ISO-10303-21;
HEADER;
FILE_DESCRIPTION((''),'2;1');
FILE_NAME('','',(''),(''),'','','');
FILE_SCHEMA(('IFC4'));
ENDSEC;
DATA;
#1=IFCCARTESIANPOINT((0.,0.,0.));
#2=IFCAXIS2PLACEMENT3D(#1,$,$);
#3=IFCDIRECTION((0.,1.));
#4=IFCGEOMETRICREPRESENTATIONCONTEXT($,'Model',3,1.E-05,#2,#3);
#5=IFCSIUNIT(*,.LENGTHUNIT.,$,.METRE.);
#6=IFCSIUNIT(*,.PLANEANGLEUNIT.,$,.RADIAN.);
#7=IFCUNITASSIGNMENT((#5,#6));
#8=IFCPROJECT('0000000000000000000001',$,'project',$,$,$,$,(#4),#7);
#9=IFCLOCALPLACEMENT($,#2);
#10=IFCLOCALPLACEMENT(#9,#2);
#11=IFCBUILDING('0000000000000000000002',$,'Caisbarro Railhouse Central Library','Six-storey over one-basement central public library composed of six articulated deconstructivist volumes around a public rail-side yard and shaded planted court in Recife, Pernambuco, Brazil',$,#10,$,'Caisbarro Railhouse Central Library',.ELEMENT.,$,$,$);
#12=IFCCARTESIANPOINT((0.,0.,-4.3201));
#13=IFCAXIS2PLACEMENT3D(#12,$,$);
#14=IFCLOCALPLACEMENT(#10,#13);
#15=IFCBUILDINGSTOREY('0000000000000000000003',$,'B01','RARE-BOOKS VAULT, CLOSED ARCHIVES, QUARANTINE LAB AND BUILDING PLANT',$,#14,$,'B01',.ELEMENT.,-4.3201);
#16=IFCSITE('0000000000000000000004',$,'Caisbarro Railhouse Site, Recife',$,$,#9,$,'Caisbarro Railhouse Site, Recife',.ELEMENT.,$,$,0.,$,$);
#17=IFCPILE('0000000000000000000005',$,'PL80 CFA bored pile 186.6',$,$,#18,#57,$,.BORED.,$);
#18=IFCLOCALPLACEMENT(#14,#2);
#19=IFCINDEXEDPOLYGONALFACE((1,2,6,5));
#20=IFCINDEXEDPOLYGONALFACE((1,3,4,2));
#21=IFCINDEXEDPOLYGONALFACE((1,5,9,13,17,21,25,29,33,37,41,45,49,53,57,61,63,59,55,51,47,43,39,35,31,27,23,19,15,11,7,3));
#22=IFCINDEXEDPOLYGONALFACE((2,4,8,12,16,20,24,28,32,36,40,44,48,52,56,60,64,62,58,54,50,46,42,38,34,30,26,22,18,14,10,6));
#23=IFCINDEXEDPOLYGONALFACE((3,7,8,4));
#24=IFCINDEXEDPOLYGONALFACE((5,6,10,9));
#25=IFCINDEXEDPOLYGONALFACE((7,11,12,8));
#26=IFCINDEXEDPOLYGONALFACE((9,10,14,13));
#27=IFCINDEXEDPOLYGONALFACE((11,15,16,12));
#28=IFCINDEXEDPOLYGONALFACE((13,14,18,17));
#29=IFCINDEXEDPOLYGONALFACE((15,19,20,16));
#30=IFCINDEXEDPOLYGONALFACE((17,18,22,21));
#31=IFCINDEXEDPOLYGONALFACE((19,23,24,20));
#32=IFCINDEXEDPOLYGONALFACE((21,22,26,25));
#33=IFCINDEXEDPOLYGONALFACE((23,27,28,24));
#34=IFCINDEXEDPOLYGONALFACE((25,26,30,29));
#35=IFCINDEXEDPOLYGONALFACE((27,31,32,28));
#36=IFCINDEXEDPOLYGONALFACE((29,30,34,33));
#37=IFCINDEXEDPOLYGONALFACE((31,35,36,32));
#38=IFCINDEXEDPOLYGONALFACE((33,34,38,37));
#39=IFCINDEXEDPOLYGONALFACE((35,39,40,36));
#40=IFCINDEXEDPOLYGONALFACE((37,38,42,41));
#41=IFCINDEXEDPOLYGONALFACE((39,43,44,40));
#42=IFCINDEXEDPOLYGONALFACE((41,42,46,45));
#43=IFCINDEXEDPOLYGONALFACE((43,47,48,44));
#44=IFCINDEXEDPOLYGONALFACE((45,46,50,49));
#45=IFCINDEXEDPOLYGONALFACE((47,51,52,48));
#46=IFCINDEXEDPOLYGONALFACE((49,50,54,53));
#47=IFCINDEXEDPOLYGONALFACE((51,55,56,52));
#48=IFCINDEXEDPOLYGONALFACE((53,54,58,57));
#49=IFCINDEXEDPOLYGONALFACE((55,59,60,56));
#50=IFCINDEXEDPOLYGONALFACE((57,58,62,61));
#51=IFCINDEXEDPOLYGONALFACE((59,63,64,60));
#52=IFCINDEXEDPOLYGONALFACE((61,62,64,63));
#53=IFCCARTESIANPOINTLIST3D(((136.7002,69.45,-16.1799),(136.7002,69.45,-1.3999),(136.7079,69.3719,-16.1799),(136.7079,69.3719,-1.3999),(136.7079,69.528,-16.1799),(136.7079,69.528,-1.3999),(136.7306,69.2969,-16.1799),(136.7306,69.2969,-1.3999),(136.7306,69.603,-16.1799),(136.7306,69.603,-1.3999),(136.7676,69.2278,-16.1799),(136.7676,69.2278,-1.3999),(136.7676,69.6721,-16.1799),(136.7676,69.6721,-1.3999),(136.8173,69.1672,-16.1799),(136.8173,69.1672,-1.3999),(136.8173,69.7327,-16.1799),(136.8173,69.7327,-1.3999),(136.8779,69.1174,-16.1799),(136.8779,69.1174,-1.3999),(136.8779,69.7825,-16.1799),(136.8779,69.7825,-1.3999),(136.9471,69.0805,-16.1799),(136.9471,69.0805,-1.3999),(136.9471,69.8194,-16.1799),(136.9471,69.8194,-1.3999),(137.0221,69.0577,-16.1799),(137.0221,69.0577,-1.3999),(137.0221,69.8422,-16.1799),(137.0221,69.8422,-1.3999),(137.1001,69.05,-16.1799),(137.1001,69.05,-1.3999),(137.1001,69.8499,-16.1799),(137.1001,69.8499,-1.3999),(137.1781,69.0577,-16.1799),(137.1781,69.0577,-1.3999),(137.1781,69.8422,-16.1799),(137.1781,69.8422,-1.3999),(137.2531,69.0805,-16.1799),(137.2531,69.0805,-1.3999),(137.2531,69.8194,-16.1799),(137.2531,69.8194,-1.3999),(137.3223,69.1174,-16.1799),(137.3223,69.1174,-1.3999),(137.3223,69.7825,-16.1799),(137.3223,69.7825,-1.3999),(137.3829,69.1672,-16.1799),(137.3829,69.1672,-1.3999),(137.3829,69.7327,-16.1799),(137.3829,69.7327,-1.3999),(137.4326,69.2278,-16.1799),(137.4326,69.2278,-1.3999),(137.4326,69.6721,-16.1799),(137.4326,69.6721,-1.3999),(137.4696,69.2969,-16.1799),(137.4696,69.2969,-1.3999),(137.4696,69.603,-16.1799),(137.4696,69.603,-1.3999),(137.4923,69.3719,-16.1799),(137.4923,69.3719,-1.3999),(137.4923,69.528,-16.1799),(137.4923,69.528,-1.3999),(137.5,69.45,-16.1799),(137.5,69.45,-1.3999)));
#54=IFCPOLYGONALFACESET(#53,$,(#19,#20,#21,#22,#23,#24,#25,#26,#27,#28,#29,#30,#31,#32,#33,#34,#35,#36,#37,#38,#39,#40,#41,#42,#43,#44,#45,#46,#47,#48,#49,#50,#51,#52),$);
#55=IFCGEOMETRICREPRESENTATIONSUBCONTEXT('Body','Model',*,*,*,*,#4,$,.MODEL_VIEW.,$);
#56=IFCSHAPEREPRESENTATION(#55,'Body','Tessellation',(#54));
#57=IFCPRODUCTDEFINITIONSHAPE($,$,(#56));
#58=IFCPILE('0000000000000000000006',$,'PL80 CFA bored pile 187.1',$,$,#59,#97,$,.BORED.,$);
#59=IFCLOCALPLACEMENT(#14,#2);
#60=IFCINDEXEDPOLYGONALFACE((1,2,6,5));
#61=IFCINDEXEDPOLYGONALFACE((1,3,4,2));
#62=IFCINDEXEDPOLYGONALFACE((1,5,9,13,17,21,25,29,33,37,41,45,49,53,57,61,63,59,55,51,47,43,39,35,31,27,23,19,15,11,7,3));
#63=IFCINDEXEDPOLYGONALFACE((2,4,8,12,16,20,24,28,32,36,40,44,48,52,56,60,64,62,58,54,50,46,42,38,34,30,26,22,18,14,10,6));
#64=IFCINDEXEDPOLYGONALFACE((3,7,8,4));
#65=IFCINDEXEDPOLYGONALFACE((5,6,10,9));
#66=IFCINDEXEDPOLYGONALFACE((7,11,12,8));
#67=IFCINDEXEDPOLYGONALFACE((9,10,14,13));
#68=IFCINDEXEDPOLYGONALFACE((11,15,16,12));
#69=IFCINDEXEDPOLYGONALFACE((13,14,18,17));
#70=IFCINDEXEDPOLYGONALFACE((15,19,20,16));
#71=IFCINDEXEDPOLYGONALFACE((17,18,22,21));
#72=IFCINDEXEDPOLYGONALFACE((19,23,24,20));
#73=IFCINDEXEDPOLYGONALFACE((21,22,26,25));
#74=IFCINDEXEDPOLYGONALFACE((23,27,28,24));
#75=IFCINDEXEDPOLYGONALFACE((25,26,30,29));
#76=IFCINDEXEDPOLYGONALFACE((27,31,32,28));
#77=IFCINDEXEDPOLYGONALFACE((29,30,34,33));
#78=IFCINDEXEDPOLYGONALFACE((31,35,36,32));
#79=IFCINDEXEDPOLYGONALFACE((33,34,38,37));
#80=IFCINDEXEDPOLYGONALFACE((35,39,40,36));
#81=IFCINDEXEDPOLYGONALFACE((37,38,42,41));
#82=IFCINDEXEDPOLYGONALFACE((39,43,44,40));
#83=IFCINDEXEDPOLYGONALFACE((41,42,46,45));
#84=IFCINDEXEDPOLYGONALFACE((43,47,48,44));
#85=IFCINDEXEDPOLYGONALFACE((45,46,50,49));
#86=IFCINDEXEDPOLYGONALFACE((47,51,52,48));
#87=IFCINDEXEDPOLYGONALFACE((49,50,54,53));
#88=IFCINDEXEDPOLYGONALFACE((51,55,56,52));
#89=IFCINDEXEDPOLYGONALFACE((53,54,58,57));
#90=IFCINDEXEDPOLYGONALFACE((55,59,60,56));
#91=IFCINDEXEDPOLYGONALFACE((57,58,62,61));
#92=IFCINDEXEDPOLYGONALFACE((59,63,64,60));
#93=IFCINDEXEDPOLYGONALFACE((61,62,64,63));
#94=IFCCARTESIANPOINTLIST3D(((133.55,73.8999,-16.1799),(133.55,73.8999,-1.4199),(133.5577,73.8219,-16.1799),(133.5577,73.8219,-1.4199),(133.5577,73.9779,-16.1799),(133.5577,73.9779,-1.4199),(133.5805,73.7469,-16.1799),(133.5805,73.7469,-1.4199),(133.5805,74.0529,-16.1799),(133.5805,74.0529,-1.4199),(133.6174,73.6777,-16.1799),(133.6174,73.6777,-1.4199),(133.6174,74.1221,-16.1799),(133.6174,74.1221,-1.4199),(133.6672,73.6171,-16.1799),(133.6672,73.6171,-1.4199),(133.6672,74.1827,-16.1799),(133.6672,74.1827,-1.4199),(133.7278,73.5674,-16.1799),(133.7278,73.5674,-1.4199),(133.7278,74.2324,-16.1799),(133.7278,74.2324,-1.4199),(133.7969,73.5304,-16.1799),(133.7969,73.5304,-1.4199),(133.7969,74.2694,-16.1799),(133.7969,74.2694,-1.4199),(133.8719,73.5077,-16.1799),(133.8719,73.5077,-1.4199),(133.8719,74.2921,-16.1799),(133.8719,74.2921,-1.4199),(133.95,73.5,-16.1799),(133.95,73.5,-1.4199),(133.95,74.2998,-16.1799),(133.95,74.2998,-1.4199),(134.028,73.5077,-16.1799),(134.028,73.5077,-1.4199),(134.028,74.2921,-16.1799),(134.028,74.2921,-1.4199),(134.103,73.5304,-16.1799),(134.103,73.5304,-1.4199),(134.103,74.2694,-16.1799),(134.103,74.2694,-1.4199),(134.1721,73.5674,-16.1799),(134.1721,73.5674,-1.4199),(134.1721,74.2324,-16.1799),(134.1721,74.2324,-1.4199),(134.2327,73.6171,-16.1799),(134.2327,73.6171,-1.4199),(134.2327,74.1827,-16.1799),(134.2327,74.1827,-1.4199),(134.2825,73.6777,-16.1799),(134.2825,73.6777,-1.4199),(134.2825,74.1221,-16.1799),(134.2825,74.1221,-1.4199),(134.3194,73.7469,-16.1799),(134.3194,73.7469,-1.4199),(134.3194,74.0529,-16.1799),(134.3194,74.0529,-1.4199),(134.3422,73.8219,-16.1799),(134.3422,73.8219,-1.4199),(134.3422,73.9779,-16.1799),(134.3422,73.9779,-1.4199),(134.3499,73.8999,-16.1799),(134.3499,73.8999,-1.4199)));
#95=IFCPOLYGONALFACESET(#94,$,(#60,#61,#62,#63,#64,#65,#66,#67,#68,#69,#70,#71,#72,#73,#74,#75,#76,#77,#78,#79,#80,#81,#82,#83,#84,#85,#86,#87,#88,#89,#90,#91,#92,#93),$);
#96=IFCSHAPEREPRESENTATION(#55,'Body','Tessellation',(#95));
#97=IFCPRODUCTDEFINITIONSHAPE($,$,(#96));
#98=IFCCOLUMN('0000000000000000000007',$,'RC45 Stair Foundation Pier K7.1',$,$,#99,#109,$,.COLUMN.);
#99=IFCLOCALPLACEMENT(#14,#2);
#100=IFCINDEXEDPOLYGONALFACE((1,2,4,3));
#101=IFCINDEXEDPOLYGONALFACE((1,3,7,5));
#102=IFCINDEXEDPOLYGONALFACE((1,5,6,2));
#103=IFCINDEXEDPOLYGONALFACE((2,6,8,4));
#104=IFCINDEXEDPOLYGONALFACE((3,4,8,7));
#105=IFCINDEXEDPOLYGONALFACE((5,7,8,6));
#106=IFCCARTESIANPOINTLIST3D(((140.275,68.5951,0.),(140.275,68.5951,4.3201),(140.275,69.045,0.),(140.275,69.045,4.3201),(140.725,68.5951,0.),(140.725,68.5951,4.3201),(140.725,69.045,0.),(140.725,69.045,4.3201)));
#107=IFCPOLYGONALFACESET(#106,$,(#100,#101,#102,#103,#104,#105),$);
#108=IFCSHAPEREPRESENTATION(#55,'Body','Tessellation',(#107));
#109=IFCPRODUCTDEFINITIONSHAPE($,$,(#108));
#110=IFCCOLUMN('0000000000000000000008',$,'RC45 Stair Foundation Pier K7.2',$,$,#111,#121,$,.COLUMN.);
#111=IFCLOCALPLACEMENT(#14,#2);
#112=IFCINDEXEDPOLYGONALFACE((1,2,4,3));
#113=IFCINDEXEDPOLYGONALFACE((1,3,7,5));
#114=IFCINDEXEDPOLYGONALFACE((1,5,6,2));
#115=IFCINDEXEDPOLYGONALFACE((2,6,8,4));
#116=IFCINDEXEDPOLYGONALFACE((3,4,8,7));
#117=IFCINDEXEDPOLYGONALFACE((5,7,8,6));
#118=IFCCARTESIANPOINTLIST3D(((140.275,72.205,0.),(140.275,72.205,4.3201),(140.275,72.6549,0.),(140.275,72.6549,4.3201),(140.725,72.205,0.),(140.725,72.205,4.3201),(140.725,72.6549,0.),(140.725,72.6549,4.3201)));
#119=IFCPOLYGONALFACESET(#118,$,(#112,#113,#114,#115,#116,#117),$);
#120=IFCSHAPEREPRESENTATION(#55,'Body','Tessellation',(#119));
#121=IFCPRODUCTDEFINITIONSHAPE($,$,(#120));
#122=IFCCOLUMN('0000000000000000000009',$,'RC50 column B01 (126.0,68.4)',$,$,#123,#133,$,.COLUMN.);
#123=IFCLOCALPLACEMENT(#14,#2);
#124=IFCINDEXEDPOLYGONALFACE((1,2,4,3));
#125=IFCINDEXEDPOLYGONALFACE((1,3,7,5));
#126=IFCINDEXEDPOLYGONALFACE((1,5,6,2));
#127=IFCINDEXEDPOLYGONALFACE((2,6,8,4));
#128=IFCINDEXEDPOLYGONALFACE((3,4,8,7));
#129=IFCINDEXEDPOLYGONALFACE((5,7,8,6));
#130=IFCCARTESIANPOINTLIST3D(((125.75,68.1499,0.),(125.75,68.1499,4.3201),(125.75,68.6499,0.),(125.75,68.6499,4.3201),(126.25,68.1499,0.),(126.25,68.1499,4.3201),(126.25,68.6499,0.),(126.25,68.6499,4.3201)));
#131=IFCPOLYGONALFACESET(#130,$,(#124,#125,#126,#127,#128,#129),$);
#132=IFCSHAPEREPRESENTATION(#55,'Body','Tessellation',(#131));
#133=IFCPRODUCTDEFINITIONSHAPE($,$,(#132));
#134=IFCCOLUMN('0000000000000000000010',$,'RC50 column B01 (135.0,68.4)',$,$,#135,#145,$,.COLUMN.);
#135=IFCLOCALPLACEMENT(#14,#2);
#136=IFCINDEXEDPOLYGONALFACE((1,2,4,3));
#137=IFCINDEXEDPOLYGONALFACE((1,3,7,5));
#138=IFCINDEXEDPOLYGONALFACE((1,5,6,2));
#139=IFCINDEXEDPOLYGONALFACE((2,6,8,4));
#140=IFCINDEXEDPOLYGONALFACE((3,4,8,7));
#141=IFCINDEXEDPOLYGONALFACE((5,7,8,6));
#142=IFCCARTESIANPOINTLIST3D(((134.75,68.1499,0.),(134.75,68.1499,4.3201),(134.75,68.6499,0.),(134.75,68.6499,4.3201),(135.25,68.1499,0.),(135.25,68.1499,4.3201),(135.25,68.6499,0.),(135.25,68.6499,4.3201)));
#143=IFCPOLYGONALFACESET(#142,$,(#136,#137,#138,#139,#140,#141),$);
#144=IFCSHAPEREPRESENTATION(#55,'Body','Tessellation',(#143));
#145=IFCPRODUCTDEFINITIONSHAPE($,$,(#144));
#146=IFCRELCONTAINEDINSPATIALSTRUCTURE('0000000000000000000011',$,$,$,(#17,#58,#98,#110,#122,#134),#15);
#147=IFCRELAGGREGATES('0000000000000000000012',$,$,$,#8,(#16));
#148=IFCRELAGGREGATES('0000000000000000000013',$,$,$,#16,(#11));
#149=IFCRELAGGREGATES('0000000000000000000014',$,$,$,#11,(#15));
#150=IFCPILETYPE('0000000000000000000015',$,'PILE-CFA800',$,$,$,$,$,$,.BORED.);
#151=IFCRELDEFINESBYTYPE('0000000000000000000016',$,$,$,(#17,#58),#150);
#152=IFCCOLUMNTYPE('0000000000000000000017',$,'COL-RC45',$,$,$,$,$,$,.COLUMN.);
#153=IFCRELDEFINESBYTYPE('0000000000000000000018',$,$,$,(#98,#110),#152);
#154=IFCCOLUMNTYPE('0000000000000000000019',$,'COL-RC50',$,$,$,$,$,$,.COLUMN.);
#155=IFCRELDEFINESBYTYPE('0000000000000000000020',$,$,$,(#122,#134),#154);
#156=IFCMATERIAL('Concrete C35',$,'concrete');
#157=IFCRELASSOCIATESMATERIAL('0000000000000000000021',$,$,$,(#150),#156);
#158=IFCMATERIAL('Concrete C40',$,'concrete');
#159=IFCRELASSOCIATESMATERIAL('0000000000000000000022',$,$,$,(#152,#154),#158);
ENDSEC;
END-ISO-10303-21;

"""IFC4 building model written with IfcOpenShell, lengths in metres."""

from ifc_helpers import new_model, si_unit, direction, frame, origin, origin_2d, place, context, subcontext, project, spatial, rectangle, circle, extrude, material, material_profile, profile_set, type_object, element, save


model = new_model("IFC4")

# Units and contexts
model_context = context("Model", 3, precision=1e-05, world=origin(), true_north=direction((0.0, 1.0)))
body_context = subcontext(model_context, "Body", "Model", "MODEL_VIEW")
ifc_project = project(units=[si_unit("LENGTHUNIT", "METRE"), si_unit("PLANEANGLEUNIT", "RADIAN")], contexts=[model_context])

# Site, building, storey
site_placement = place(None, origin())
site = spatial("IfcSite", under=ifc_project, at=site_placement, Name="Caisbarro Railhouse Site, Recife", LongName="Caisbarro Railhouse Site, Recife", CompositionType="ELEMENT", RefElevation=0.0)
building_placement = place(site_placement, origin())
building = spatial("IfcBuilding", under=site, at=building_placement, Name="Caisbarro Railhouse Central Library", Description="Six-storey over one-basement central public library composed of six articulated deconstructivist volumes around a public rail-side yard and shaded planted court in Recife, Pernambuco, Brazil", LongName="Caisbarro Railhouse Central Library", CompositionType="ELEMENT")
storey_placement = place(building_placement, frame((0.0, 0.0, -4.3201)))
storey = spatial("IfcBuildingStorey", under=building, at=storey_placement, Name="B01", Description="RARE-BOOKS VAULT, CLOSED ARCHIVES, QUARANTINE LAB AND BUILDING PLANT", LongName="B01", CompositionType="ELEMENT", Elevation=-4.3201)

# Shared definitions
ifc_material_1 = material(Name="Concrete C35", Category="concrete")
ifc_material_2 = material(Name="Concrete C40", Category="concrete")

# Piles
ifc_material_profile_1 = material_profile(ifc_material_1, circle(Radius=0.3999, at=origin_2d()), Name="PILE-CFA-800")
ifc_profile_set_1 = profile_set([ifc_material_profile_1], Name="Concrete C35")
pile_type_1 = type_object("IfcPileType", Name="PILE-CFA800", PredefinedType="BORED", material=ifc_profile_set_1)
for number, where, z_axis, x_axis, name in (
    (1, (137.1001, 69.45, -1.3999), (0.0, 0.0, -1.0), (1.0, 0.0, 0.0), "PL80 CFA bored pile 186.6"),
):
    element("IfcPile", number, at=place(storey_placement, frame(where, z_axis=z_axis, x_axis=x_axis)), inside=storey, type_object=pile_type_1, Name=name, PredefinedType="BORED", context=body_context, shape_type="SweptSolid", body=[
        extrude(circle(Radius=0.3999, at=origin_2d()), origin(), (0.0, 0.0, 1.0), 14.78),
    ])
pile_placement = place(storey_placement, frame((133.95, 73.8999, -1.4199), z_axis=(0.0, 0.0, -1.0), x_axis=(1.0, 0.0, 0.0)))
element("IfcPile", 2, at=pile_placement, inside=storey, type_object=pile_type_1, Name="PL80 CFA bored pile 187.1", PredefinedType="BORED", context=body_context, shape_type="SweptSolid", body=[
    extrude(circle(Radius=0.3999, at=origin_2d()), origin(), (0.0, 0.0, 1.0), 14.76),
])

# Columns
ifc_material_profile_2 = material_profile(ifc_material_2, rectangle(XDim=0.45, YDim=0.45, at=origin_2d()), Name="RC-COL-450X450")
ifc_profile_set_2 = profile_set([ifc_material_profile_2], Name="Concrete C40")
column_type_1 = type_object("IfcColumnType", Name="COL-RC45", PredefinedType="COLUMN", material=ifc_profile_set_2)
for number, where, z_axis, x_axis, name in (
    (3, (140.5, 68.8201, 0.0), (0.0, 0.0, 1.0), (1.0, 0.0, 0.0), "RC45 Stair Foundation Pier K7.1"),
    (4, (140.5, 72.4299, 0.0), (0.0, 0.0, 1.0), (1.0, 0.0, 0.0), "RC45 Stair Foundation Pier K7.2"),
):
    element("IfcColumn", number, at=place(storey_placement, frame(where, z_axis=z_axis, x_axis=x_axis)), inside=storey, type_object=column_type_1, Name=name, PredefinedType="COLUMN", context=body_context, shape_type="SweptSolid", body=[
        extrude(rectangle(XDim=0.45, YDim=0.45, at=origin_2d()), origin(), (0.0, 0.0, 1.0), 4.3201),
    ])
ifc_material_profile_3 = material_profile(ifc_material_2, rectangle(XDim=0.5, YDim=0.5, at=origin_2d()), Name="RC-COL-500X500")
ifc_profile_set_3 = profile_set([ifc_material_profile_3], Name="Concrete C40")
column_type_2 = type_object("IfcColumnType", Name="COL-RC50", PredefinedType="COLUMN", material=ifc_profile_set_3)
for number, where, z_axis, x_axis, name in (
    (5, (126.0, 68.3999, 0.0), (0.0, 0.0, 1.0), (1.0, 0.0, 0.0), "RC50 column B01 (126.0,68.4)"),
    (6, (135.0, 68.3999, 0.0), (0.0, 0.0, 1.0), (1.0, 0.0, 0.0), "RC50 column B01 (135.0,68.4)"),
):
    element("IfcColumn", number, at=place(storey_placement, frame(where, z_axis=z_axis, x_axis=x_axis)), inside=storey, type_object=column_type_2, Name=name, PredefinedType="COLUMN", context=body_context, shape_type="SweptSolid", body=[
        extrude(rectangle(XDim=0.5, YDim=0.5, at=origin_2d()), origin(), (0.0, 0.0, 1.0), 4.3201),
    ])

save(model, "model.ifc")
